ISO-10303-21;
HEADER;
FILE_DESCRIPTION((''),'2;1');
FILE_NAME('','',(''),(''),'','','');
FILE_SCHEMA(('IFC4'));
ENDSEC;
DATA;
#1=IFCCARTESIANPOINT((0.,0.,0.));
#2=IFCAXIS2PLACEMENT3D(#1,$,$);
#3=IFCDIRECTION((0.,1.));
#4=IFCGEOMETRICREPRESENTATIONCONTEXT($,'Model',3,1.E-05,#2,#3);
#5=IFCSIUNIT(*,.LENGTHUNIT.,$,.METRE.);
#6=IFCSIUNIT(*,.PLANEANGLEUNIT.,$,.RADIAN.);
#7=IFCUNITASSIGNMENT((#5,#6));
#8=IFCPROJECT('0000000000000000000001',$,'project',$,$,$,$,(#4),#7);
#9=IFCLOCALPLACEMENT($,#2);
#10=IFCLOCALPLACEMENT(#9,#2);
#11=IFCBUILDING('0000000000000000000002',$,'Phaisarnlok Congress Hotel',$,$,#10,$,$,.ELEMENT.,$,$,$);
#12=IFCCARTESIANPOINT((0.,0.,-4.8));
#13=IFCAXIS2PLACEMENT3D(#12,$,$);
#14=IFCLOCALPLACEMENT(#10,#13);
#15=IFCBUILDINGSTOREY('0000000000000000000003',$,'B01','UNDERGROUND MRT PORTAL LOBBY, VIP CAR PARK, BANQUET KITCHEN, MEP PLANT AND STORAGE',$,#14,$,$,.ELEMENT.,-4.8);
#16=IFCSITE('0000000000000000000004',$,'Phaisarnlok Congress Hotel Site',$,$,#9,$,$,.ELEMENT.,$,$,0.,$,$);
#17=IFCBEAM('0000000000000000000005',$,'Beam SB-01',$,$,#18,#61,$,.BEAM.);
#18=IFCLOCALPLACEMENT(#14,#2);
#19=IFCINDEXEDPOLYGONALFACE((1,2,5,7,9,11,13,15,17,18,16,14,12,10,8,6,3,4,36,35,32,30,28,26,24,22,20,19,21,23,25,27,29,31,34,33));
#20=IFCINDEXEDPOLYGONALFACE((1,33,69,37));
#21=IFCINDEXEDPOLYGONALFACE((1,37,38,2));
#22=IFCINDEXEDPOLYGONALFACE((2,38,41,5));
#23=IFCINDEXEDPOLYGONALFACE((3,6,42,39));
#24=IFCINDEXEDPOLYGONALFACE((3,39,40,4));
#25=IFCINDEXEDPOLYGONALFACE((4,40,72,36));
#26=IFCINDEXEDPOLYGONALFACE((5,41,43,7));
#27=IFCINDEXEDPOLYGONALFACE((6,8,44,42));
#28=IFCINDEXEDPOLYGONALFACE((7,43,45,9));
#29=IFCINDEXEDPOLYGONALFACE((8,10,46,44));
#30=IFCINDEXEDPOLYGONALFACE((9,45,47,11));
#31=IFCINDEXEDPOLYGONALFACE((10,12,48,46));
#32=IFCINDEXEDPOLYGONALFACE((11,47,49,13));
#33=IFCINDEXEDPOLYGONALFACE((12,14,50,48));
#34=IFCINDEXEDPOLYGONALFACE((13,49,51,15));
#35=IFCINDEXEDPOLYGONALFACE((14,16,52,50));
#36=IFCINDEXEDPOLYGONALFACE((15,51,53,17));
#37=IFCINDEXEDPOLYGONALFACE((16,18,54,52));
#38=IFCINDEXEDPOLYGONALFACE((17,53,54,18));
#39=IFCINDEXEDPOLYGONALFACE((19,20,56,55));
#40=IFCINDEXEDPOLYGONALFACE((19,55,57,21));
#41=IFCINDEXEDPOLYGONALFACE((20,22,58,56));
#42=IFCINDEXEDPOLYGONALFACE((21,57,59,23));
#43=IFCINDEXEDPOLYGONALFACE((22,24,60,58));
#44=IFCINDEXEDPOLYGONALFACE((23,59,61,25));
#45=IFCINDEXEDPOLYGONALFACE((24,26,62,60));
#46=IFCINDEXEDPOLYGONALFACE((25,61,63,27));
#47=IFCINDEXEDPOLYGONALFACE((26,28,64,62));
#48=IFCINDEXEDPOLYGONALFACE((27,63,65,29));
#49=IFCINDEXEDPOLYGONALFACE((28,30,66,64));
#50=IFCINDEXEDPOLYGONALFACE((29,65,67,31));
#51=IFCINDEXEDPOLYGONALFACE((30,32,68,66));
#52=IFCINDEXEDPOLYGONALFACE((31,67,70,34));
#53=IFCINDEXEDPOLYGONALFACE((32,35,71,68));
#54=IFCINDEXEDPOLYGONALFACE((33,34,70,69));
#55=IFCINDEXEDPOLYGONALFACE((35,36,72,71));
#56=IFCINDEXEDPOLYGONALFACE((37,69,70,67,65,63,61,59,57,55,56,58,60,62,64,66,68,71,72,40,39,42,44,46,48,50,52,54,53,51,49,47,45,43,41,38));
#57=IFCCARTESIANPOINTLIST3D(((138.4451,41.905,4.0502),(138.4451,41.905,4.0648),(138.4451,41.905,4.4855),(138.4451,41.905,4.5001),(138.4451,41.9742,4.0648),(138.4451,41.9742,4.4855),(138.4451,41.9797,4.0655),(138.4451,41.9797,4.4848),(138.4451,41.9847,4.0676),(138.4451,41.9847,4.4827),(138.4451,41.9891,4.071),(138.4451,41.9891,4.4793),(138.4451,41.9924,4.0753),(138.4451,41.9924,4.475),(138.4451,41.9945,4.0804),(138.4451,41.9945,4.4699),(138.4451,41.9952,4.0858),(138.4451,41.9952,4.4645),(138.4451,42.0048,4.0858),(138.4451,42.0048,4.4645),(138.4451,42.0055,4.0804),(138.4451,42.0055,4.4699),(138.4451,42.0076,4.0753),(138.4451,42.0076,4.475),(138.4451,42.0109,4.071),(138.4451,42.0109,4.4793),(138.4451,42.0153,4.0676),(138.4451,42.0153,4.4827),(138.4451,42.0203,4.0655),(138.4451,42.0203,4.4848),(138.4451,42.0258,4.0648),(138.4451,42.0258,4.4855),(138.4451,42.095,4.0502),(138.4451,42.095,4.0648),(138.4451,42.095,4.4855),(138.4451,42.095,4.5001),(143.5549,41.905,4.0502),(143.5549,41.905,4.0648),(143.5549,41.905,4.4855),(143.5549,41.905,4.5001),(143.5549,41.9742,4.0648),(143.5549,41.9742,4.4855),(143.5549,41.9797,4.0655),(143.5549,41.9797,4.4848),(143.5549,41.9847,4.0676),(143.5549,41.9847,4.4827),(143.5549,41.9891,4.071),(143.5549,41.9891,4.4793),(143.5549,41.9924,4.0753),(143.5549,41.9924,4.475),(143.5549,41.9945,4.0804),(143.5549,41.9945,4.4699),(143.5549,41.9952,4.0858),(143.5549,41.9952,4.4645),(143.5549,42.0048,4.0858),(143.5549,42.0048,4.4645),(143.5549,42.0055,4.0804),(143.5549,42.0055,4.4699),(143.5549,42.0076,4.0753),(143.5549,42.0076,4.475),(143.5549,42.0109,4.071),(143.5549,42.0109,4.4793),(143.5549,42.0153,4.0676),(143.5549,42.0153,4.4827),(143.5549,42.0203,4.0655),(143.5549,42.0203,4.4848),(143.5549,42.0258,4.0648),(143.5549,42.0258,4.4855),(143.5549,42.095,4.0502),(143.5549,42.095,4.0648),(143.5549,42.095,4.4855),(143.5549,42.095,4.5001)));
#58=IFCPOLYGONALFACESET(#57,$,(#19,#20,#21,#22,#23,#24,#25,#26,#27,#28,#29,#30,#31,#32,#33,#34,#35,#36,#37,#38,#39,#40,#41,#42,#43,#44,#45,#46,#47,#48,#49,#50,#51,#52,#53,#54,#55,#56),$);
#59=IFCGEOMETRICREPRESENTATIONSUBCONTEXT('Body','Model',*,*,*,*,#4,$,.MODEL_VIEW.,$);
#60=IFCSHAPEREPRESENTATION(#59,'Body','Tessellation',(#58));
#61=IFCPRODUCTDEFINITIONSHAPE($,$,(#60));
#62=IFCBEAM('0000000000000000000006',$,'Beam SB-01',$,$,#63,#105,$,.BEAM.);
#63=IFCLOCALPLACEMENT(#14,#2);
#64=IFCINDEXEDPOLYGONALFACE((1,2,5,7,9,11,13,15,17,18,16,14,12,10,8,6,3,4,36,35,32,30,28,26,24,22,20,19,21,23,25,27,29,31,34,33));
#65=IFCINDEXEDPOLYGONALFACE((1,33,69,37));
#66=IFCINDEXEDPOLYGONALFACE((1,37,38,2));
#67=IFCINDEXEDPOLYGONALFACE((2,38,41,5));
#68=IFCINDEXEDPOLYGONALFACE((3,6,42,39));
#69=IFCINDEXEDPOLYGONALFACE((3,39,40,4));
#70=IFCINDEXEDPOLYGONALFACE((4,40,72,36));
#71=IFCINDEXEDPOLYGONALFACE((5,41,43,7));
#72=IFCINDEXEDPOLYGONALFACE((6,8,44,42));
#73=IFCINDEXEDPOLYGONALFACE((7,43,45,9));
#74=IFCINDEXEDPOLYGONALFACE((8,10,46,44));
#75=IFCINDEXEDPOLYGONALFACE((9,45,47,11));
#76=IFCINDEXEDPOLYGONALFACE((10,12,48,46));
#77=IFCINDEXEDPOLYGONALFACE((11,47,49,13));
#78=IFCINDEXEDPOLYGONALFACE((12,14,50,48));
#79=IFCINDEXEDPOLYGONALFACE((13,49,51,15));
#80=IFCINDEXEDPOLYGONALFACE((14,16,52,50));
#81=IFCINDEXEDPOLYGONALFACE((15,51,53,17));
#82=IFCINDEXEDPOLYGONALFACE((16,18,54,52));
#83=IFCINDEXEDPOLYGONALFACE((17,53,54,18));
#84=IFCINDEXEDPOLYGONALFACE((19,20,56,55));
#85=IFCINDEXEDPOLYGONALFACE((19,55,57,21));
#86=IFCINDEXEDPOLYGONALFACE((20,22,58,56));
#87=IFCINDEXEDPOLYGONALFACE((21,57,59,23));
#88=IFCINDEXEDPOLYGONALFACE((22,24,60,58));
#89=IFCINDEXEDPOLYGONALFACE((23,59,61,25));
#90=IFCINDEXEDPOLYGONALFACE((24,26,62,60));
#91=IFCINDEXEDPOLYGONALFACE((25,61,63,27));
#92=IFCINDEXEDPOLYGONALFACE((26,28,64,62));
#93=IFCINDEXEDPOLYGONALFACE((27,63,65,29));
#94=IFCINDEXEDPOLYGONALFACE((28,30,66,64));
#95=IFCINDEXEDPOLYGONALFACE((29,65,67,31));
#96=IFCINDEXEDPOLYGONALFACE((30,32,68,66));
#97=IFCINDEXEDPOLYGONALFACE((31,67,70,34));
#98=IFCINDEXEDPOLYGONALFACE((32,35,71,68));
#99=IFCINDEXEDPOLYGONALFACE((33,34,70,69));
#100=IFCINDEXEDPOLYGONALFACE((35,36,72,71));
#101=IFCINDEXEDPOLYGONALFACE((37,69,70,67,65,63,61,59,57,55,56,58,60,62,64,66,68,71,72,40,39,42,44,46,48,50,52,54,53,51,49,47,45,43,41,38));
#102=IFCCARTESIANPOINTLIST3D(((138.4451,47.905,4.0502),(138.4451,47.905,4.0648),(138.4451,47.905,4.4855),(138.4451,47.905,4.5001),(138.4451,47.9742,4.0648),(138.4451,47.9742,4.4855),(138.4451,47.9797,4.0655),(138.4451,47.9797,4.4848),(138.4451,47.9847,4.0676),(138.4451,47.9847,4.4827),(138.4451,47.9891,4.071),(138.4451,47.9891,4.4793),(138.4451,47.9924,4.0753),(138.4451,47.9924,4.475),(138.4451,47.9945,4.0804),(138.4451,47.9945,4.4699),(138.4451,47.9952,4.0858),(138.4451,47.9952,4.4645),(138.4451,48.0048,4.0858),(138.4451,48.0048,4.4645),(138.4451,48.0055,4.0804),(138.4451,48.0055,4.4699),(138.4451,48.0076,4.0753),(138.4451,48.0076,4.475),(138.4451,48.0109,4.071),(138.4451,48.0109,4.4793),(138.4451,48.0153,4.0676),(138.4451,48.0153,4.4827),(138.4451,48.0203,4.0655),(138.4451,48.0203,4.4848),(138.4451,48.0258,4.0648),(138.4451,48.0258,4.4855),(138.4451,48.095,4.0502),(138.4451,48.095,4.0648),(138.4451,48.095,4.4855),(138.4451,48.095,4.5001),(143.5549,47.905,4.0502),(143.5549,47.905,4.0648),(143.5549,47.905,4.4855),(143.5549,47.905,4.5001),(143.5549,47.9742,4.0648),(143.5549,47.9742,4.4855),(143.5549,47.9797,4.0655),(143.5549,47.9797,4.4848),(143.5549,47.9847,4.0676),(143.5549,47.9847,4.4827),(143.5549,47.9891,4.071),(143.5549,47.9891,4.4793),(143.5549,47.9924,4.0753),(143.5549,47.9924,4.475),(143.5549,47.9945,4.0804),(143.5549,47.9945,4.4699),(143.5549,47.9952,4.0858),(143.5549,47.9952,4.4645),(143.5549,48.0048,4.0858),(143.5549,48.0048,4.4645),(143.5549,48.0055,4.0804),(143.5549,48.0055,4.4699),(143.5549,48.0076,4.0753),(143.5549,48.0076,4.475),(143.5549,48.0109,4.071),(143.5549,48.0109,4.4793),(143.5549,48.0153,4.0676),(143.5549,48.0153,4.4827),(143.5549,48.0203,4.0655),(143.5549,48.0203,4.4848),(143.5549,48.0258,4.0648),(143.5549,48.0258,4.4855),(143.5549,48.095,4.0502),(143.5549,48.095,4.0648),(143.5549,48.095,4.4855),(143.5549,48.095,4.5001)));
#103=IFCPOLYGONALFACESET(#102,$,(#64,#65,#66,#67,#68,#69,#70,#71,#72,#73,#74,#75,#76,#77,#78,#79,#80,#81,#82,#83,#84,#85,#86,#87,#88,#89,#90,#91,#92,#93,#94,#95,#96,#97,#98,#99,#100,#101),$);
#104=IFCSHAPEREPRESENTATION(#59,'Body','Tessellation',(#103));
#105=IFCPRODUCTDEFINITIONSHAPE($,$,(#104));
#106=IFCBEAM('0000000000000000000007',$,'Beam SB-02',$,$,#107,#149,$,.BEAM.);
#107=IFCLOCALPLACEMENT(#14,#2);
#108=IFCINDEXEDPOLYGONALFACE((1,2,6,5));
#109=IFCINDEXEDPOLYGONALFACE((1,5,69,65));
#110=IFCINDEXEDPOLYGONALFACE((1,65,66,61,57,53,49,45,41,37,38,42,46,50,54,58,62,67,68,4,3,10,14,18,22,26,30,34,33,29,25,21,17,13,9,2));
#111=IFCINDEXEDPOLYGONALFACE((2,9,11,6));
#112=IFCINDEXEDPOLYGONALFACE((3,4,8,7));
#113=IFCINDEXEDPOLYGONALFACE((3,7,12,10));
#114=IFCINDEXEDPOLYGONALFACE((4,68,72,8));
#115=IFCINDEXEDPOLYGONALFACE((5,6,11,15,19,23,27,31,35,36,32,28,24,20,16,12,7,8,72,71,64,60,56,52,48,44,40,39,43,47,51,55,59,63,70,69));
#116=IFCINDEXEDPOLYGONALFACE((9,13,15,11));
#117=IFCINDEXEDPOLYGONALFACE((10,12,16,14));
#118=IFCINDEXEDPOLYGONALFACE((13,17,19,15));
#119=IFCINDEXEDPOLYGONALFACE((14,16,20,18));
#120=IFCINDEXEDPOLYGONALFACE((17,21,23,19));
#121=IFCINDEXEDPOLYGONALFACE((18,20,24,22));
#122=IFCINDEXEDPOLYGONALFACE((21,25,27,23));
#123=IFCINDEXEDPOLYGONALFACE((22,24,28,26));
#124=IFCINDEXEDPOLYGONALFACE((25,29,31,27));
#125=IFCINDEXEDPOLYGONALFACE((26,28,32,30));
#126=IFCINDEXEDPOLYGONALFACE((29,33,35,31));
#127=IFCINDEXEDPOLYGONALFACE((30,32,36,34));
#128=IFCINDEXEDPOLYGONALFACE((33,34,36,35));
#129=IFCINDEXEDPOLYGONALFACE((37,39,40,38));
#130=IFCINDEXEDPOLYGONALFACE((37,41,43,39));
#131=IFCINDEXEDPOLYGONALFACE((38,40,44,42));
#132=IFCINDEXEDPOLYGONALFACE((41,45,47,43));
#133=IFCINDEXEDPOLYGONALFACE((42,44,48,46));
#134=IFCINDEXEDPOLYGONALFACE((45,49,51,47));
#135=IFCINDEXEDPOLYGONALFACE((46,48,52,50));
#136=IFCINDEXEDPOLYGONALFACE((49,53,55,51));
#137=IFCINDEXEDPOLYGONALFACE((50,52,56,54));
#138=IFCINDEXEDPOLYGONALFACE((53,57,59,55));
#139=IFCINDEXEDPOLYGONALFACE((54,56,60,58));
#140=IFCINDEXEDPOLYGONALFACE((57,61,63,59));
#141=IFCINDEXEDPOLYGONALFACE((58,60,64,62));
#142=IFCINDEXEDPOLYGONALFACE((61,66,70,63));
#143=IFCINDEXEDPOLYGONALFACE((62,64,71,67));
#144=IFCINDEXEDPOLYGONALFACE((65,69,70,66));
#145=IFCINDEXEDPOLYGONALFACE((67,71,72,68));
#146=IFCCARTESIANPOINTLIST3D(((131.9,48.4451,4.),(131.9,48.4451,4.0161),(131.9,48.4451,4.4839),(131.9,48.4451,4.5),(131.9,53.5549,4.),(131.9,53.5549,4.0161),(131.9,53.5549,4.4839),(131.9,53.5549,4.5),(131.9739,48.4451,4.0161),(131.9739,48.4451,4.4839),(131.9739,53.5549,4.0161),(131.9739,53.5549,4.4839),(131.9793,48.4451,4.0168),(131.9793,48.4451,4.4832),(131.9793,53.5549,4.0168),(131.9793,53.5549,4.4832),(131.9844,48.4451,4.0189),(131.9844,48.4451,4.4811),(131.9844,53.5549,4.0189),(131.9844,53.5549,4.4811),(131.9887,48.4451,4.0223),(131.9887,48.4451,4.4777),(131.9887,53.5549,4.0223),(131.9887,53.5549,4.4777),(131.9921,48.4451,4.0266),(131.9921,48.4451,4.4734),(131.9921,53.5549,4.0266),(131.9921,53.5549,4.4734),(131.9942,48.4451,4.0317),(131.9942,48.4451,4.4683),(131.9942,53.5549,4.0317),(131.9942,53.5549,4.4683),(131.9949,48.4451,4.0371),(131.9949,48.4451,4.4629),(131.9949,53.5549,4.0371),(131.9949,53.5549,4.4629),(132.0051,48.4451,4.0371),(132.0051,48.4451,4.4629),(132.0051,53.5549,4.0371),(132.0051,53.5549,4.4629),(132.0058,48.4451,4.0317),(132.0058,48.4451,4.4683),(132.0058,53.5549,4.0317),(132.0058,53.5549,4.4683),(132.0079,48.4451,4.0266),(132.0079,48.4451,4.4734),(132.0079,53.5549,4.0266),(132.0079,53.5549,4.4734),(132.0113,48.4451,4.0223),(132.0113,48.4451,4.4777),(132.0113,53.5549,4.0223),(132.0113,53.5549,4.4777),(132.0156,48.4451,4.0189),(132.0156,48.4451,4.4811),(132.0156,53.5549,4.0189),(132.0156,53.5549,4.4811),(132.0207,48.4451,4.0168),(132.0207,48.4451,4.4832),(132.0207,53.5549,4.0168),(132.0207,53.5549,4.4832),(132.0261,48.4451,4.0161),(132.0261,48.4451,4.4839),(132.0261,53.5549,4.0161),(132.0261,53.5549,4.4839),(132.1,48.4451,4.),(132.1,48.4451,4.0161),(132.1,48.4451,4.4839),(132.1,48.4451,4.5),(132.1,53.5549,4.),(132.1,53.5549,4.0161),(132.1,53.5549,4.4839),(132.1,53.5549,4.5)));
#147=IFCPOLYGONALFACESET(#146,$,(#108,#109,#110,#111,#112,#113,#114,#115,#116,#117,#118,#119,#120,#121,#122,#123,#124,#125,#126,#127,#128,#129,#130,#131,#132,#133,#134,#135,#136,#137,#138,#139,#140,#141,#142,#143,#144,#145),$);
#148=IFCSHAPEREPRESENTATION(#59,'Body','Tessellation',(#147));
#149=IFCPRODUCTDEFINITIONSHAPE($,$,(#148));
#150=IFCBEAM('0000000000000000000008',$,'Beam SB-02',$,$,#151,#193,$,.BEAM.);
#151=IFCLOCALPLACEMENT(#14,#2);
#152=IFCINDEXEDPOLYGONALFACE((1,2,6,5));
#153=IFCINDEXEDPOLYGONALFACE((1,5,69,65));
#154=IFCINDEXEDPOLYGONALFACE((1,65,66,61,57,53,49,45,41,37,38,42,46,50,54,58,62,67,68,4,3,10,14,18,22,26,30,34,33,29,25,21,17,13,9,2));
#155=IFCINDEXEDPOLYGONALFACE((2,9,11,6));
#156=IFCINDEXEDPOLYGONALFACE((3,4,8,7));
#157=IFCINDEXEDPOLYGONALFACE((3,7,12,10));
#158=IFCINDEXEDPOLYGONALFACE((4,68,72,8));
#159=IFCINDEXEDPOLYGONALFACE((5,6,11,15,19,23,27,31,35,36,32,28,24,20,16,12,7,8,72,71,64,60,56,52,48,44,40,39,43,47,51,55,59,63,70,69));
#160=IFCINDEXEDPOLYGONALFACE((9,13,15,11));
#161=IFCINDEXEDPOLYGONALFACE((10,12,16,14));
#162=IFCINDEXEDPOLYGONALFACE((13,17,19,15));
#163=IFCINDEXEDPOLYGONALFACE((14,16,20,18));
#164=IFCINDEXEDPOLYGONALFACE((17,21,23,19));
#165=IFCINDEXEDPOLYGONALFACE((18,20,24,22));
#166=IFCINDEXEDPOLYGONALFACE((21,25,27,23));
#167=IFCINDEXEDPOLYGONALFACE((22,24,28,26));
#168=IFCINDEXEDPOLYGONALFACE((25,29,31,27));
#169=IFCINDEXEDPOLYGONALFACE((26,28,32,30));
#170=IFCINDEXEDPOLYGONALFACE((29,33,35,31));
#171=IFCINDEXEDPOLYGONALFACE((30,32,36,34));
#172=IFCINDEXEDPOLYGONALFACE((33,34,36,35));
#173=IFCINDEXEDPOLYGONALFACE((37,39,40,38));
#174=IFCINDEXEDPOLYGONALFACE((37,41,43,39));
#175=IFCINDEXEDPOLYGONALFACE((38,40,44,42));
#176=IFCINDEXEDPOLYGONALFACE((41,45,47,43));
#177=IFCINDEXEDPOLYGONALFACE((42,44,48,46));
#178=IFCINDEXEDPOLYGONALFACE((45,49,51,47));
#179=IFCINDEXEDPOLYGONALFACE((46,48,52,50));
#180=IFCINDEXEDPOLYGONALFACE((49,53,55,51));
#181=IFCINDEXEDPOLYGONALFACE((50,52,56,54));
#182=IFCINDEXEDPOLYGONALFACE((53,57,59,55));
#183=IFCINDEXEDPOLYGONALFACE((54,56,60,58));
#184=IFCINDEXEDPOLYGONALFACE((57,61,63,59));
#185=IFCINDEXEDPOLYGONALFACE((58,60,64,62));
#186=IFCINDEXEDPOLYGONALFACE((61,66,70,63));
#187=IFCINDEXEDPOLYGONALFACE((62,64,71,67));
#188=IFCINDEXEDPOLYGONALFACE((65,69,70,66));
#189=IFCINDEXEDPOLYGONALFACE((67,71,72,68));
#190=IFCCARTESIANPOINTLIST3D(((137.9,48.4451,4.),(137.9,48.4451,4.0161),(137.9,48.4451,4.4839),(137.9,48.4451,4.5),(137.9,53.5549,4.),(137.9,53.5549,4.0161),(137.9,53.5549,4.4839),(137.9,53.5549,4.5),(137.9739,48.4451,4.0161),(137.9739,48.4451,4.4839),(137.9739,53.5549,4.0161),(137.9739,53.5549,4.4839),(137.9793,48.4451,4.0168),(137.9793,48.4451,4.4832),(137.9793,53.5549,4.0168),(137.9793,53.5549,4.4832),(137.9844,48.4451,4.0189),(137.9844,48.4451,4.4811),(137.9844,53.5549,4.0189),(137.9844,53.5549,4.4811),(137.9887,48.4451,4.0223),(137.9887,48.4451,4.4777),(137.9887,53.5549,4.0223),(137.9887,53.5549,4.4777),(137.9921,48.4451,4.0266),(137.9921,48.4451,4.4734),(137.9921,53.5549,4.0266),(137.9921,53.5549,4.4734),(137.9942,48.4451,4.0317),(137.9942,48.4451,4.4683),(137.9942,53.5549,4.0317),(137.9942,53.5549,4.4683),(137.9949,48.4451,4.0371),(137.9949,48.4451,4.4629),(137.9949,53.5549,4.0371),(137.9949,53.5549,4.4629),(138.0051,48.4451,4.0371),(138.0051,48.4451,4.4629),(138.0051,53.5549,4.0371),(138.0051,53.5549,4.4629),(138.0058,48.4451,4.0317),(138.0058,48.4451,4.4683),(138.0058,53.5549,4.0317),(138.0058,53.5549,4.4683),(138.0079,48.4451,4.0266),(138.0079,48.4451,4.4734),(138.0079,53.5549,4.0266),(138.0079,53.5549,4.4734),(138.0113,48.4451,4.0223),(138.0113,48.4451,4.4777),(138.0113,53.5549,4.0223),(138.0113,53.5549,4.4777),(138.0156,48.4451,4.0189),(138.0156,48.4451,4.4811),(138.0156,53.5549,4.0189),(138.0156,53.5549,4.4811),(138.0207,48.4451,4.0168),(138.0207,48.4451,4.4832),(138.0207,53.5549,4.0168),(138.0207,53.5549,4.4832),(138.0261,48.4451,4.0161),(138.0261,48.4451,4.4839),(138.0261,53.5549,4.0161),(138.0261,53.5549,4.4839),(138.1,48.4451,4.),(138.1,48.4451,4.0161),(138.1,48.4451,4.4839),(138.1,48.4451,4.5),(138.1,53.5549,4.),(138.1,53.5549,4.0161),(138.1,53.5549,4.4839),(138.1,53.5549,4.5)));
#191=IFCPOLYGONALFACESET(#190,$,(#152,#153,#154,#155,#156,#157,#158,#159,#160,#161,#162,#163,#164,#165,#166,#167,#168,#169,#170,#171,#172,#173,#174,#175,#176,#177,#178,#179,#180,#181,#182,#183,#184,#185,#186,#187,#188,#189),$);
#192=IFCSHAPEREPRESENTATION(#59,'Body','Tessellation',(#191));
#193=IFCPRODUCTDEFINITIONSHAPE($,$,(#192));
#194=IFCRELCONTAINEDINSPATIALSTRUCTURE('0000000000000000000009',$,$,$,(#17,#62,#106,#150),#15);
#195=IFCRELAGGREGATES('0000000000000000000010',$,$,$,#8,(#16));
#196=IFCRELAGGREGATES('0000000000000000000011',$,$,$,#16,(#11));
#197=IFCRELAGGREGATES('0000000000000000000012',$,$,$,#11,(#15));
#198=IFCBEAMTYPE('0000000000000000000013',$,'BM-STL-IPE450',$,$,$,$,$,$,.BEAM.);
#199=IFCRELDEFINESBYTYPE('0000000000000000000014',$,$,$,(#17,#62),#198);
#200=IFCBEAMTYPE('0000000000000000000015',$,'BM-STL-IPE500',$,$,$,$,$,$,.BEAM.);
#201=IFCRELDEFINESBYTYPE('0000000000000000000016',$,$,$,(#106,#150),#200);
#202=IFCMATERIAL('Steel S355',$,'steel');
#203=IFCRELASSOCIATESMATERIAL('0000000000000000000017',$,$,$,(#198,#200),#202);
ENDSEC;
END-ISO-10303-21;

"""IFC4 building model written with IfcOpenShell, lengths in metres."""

from ifc_helpers import new_model, si_unit, direction, frame, origin, origin_2d, place, context, subcontext, project, spatial, i_section, extrude, material, material_profile, profile_set, type_object, element, save


model = new_model("IFC4")

# Units and contexts
model_context = context("Model", 3, precision=1e-05, world=origin(), true_north=direction((0.0, 1.0)))
body_context = subcontext(model_context, "Body", "Model", "MODEL_VIEW")
ifc_project = project(units=[si_unit("LENGTHUNIT", "METRE"), si_unit("PLANEANGLEUNIT", "RADIAN")], contexts=[model_context])

# Site, building, storey
site_placement = place(None, origin())
site = spatial("IfcSite", under=ifc_project, at=site_placement, Name="Phaisarnlok Congress Hotel Site", CompositionType="ELEMENT", RefElevation=0.0)
building_placement = place(site_placement, origin())
building = spatial("IfcBuilding", under=site, at=building_placement, Name="Phaisarnlok Congress Hotel", CompositionType="ELEMENT")
storey_placement = place(building_placement, frame((0.0, 0.0, -4.8)))
storey = spatial("IfcBuildingStorey", under=building, at=storey_placement, Name="B01", Description="UNDERGROUND MRT PORTAL LOBBY, VIP CAR PARK, BANQUET KITCHEN, MEP PLANT AND STORAGE", CompositionType="ELEMENT", Elevation=-4.8)

# Beams
ifc_material_1 = material(Name="Steel S355", Category="steel")
ifc_material_profile_1 = material_profile(ifc_material_1, i_section(OverallWidth=0.1899, OverallDepth=0.45, WebThickness=0.0095, FlangeThickness=0.0146, FilletRadius=0.021, at=origin_2d()), Name="IPE 450")
ifc_profile_set_1 = profile_set([ifc_material_profile_1], Name="Steel S355")
beam_type_1 = type_object("IfcBeamType", Name="BM-STL-IPE450", PredefinedType="BEAM", material=ifc_profile_set_1)
for number, where, z_axis, x_axis, name in (
    (1, (138.4451, 42.0, 4.2751), (1.0, 0.0, 0.0), (0.0, 1.0, 0.0), "Beam SB-01"),
    (2, (138.4451, 48.0, 4.2751), (1.0, 0.0, 0.0), (0.0, 1.0, 0.0), "Beam SB-01"),
):
    element("IfcBeam", number, at=place(storey_placement, frame(where, z_axis=z_axis, x_axis=x_axis)), inside=storey, type_object=beam_type_1, Name=name, PredefinedType="BEAM", context=body_context, shape_type="SweptSolid", body=[
        extrude(i_section(OverallWidth=0.1899, OverallDepth=0.45, WebThickness=0.0095, FlangeThickness=0.0146, FilletRadius=0.021, at=origin_2d()), origin(), (0.0, 0.0, 1.0), 5.1099),
    ])
ifc_material_profile_2 = material_profile(ifc_material_1, i_section(OverallWidth=0.2, OverallDepth=0.5, WebThickness=0.0103, FlangeThickness=0.0161, FilletRadius=0.021, at=origin_2d()), Name="IPE 500")
ifc_profile_set_2 = profile_set([ifc_material_profile_2], Name="Steel S355")
beam_type_2 = type_object("IfcBeamType", Name="BM-STL-IPE500", PredefinedType="BEAM", material=ifc_profile_set_2)
for number, where, z_axis, x_axis, name in (
    (3, (132.0, 48.4451, 4.25), (0.0, 1.0, 0.0), (-1.0, 0.0, 0.0), "Beam SB-02"),
    (4, (138.0, 48.4451, 4.25), (0.0, 1.0, 0.0), (-1.0, 0.0, 0.0), "Beam SB-02"),
):
    element("IfcBeam", number, at=place(storey_placement, frame(where, z_axis=z_axis, x_axis=x_axis)), inside=storey, type_object=beam_type_2, Name=name, PredefinedType="BEAM", context=body_context, shape_type="SweptSolid", body=[
        extrude(i_section(OverallWidth=0.2, OverallDepth=0.5, WebThickness=0.0103, FlangeThickness=0.0161, FilletRadius=0.021, at=origin_2d()), origin(), (0.0, 0.0, 1.0), 5.1099),
    ])

save(model, "model.ifc")
